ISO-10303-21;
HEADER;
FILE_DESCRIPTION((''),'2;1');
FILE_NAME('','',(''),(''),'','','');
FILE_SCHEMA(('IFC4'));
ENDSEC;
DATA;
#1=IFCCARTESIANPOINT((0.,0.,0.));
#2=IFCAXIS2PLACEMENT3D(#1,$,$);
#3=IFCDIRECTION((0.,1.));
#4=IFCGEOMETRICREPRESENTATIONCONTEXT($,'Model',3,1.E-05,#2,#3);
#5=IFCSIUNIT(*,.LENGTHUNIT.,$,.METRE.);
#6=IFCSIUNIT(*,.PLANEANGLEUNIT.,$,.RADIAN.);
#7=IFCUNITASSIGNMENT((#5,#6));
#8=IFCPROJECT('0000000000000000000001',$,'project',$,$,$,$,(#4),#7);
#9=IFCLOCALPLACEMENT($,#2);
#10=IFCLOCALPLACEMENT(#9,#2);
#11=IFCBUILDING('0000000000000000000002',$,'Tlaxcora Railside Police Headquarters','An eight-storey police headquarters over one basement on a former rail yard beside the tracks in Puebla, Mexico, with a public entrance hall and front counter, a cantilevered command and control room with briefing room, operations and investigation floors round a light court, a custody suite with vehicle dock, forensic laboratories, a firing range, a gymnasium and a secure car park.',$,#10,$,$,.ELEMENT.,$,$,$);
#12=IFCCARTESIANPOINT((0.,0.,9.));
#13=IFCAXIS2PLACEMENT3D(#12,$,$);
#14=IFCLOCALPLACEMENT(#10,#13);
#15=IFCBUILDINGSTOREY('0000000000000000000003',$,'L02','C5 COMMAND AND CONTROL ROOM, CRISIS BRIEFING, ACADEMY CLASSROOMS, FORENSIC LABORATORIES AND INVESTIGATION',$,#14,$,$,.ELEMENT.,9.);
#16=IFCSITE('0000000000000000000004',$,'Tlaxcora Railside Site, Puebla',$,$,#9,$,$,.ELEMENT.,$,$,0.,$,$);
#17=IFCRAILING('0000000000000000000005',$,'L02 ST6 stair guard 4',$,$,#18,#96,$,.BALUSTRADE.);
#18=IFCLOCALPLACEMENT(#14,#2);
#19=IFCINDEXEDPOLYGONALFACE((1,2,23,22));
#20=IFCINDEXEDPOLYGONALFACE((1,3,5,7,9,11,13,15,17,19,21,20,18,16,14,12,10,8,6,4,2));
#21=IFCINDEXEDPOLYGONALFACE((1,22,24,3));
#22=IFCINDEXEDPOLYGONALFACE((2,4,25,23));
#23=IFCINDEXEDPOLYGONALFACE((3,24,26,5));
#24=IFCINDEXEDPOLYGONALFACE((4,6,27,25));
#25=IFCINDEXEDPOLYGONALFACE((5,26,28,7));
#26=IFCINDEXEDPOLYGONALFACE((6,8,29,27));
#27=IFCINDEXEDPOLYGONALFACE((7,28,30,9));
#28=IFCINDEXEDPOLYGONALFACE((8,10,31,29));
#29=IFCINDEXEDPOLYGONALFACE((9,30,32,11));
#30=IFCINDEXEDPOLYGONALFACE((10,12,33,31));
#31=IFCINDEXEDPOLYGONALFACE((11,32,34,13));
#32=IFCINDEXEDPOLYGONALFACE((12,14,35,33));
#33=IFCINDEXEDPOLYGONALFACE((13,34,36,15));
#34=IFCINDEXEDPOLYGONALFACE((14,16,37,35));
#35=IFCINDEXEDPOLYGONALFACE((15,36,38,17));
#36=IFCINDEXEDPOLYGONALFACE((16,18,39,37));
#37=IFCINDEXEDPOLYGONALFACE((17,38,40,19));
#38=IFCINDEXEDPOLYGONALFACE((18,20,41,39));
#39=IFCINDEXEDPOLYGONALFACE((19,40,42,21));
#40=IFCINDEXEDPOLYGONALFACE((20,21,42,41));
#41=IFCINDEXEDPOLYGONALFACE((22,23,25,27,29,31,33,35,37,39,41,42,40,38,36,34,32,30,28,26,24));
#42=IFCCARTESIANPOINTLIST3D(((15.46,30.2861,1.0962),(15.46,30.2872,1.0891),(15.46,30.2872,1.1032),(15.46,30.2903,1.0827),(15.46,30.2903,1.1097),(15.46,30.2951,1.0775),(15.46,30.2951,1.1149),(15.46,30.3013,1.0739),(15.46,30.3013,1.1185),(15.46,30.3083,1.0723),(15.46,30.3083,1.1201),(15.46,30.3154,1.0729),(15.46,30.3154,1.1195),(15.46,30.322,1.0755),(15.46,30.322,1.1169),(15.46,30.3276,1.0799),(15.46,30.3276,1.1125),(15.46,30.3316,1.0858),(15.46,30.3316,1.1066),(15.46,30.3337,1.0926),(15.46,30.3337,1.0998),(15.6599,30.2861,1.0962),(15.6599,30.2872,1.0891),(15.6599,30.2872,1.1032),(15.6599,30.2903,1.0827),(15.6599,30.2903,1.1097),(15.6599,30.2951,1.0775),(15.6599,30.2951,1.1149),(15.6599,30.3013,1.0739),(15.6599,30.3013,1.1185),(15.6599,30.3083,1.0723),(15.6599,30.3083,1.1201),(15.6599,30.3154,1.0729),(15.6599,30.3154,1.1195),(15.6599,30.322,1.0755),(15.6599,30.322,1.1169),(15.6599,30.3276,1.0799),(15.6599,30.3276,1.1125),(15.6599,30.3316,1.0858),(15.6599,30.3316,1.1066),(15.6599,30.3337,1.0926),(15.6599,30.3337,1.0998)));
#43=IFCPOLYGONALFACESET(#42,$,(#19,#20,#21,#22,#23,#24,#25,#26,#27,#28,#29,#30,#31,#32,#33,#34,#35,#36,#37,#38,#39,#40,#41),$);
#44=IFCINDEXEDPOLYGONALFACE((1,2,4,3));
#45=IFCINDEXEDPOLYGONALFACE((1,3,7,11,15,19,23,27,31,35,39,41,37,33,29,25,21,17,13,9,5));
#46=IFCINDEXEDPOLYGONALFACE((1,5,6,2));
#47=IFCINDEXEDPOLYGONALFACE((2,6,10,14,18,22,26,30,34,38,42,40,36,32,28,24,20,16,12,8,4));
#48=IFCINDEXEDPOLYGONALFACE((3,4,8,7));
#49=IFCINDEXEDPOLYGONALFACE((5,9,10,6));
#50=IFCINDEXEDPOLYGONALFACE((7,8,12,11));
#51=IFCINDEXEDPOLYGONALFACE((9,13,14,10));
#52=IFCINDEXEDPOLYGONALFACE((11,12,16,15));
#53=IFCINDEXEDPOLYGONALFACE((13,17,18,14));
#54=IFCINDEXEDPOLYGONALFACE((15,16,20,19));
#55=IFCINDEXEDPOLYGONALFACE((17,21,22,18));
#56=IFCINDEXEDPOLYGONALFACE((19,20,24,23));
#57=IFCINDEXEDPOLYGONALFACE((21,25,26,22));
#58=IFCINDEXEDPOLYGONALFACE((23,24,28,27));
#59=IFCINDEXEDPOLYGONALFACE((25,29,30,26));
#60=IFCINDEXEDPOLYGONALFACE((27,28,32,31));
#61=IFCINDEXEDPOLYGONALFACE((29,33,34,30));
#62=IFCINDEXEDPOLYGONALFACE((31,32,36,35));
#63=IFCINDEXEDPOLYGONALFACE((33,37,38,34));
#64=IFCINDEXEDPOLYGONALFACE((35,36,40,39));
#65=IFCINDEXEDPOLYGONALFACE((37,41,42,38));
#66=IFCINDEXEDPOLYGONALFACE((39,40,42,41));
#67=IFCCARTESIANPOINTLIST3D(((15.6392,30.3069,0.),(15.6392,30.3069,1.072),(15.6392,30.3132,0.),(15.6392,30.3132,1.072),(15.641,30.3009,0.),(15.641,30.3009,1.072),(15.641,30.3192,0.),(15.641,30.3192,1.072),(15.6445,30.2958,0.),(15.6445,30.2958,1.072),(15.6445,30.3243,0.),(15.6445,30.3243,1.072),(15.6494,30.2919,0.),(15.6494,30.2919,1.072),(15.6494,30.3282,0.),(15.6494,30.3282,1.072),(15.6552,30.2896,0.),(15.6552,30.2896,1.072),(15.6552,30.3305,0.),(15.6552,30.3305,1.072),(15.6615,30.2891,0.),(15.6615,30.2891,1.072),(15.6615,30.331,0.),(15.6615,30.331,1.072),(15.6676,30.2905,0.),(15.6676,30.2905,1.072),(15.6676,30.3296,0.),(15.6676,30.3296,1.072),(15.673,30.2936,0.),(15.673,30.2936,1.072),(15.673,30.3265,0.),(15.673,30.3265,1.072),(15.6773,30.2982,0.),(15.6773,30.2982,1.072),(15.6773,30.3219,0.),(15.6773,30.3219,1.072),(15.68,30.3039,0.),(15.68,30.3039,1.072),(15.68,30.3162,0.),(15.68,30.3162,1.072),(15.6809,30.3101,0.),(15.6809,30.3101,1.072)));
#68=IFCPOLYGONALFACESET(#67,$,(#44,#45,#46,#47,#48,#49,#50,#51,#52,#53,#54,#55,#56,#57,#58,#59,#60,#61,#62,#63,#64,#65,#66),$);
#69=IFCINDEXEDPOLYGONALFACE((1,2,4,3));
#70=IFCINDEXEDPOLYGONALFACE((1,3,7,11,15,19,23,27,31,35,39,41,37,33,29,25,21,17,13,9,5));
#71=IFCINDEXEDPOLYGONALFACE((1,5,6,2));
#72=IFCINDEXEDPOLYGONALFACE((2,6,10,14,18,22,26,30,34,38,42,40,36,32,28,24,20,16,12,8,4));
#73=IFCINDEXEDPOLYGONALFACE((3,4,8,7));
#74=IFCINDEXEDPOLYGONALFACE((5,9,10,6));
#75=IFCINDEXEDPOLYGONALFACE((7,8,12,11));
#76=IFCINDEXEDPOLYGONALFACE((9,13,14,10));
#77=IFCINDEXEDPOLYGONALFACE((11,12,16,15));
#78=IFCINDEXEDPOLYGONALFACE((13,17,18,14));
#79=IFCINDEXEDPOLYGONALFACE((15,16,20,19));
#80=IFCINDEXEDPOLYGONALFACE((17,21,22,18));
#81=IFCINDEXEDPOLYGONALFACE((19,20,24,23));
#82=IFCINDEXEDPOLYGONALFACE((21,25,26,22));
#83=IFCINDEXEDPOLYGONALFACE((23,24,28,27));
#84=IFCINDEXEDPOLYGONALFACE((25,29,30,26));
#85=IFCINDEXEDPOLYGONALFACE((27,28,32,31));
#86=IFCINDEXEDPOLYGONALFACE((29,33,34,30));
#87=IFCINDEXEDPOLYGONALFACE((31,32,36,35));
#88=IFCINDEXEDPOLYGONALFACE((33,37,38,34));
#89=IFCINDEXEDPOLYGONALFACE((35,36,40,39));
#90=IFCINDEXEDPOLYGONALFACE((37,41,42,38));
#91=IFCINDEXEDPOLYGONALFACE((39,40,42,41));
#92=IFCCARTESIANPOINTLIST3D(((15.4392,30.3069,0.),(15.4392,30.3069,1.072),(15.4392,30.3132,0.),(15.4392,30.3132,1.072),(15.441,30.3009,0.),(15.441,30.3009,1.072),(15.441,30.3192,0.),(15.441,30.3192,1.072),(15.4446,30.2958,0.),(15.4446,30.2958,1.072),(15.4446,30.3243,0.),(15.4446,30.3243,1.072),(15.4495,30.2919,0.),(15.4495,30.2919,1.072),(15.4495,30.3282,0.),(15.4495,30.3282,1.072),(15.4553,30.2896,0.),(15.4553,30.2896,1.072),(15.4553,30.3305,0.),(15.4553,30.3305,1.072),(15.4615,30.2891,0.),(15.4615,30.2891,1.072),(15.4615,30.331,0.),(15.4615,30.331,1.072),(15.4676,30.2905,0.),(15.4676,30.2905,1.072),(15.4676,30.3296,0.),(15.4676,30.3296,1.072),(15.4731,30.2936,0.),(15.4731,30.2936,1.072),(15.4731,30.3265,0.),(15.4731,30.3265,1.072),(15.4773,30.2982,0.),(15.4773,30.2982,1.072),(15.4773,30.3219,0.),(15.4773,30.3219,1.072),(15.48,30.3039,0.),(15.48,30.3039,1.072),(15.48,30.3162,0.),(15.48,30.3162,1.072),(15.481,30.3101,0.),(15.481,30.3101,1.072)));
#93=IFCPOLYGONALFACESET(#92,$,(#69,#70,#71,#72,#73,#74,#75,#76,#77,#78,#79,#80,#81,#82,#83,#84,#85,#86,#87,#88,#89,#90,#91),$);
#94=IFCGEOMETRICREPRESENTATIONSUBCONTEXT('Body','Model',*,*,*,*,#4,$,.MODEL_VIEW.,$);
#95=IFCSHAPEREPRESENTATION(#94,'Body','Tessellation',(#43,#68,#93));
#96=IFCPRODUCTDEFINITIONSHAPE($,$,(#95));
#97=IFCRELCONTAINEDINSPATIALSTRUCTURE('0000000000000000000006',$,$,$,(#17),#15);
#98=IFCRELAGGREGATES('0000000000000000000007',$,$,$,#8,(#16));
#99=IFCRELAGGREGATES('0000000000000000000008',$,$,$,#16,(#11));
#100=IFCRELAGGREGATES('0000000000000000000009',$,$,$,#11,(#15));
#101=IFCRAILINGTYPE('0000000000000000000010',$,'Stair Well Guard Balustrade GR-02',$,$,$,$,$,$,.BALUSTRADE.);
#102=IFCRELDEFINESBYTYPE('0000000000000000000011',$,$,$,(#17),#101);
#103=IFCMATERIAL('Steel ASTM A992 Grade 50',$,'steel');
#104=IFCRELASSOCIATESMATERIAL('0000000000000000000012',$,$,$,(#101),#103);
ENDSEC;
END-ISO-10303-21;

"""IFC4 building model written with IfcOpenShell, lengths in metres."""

from ifc_helpers import new_model, si_unit, direction, frame, origin, origin_2d, place, context, subcontext, project, spatial, circle, extrude, material, type_object, element, save


model = new_model("IFC4")

# Units and contexts
model_context = context("Model", 3, precision=1e-05, world=origin(), true_north=direction((0.0, 1.0)))
body_context = subcontext(model_context, "Body", "Model", "MODEL_VIEW")
ifc_project = project(units=[si_unit("LENGTHUNIT", "METRE"), si_unit("PLANEANGLEUNIT", "RADIAN")], contexts=[model_context])

# Site, building, storey
site_placement = place(None, origin())
site = spatial("IfcSite", under=ifc_project, at=site_placement, Name="Tlaxcora Railside Site, Puebla", CompositionType="ELEMENT", RefElevation=0.0)
building_placement = place(site_placement, origin())
building = spatial("IfcBuilding", under=site, at=building_placement, Name="Tlaxcora Railside Police Headquarters", Description="An eight-storey police headquarters over one basement on a former rail yard beside the tracks in Puebla, Mexico, with a public entrance hall and front counter, a cantilevered command and control room with briefing room, operations and investigation floors round a light court, a custody suite with vehicle dock, forensic laboratories, a firing range, a gymnasium and a secure car park.", CompositionType="ELEMENT")
storey_placement = place(building_placement, frame((0.0, 0.0, 9.0)))
storey = spatial("IfcBuildingStorey", under=building, at=storey_placement, Name="L02", Description="C5 COMMAND AND CONTROL ROOM, CRISIS BRIEFING, ACADEMY CLASSROOMS, FORENSIC LABORATORIES AND INVESTIGATION", CompositionType="ELEMENT", Elevation=9.0)

# Shared definitions
ifc_material_1 = material(Name="Steel ASTM A992 Grade 50", Category="steel")

# Railing
railing_type_1 = type_object("IfcRailingType", Name="Stair Well Guard Balustrade GR-02", PredefinedType="BALUSTRADE", material=ifc_material_1)
railing_1_placement = place(storey_placement, frame((15.6599, 30.3101, 0.0)))
element("IfcRailing", 1, at=railing_1_placement, inside=storey, type_object=railing_type_1, Name="L02 ST6 stair guard 4", PredefinedType="BALUSTRADE", context=body_context, shape_type="SweptSolid", body=[
    extrude(circle(Radius=0.0239, at=origin_2d()), frame((0.0, 0.0, 1.0962), z_axis=(-1.0, 0.0, 0.0), x_axis=(0.0, -1.0, 0.0)), (0.0, 0.0, 1.0), 0.2),
    extrude(circle(Radius=0.021, at=origin_2d()), origin(), (0.0, 0.0, 1.0), 1.072),
    extrude(circle(Radius=0.021, at=origin_2d()), frame((-0.2, 0.0, 0.0)), (0.0, 0.0, 1.0), 1.072),
])

save(model, "model.ifc")
